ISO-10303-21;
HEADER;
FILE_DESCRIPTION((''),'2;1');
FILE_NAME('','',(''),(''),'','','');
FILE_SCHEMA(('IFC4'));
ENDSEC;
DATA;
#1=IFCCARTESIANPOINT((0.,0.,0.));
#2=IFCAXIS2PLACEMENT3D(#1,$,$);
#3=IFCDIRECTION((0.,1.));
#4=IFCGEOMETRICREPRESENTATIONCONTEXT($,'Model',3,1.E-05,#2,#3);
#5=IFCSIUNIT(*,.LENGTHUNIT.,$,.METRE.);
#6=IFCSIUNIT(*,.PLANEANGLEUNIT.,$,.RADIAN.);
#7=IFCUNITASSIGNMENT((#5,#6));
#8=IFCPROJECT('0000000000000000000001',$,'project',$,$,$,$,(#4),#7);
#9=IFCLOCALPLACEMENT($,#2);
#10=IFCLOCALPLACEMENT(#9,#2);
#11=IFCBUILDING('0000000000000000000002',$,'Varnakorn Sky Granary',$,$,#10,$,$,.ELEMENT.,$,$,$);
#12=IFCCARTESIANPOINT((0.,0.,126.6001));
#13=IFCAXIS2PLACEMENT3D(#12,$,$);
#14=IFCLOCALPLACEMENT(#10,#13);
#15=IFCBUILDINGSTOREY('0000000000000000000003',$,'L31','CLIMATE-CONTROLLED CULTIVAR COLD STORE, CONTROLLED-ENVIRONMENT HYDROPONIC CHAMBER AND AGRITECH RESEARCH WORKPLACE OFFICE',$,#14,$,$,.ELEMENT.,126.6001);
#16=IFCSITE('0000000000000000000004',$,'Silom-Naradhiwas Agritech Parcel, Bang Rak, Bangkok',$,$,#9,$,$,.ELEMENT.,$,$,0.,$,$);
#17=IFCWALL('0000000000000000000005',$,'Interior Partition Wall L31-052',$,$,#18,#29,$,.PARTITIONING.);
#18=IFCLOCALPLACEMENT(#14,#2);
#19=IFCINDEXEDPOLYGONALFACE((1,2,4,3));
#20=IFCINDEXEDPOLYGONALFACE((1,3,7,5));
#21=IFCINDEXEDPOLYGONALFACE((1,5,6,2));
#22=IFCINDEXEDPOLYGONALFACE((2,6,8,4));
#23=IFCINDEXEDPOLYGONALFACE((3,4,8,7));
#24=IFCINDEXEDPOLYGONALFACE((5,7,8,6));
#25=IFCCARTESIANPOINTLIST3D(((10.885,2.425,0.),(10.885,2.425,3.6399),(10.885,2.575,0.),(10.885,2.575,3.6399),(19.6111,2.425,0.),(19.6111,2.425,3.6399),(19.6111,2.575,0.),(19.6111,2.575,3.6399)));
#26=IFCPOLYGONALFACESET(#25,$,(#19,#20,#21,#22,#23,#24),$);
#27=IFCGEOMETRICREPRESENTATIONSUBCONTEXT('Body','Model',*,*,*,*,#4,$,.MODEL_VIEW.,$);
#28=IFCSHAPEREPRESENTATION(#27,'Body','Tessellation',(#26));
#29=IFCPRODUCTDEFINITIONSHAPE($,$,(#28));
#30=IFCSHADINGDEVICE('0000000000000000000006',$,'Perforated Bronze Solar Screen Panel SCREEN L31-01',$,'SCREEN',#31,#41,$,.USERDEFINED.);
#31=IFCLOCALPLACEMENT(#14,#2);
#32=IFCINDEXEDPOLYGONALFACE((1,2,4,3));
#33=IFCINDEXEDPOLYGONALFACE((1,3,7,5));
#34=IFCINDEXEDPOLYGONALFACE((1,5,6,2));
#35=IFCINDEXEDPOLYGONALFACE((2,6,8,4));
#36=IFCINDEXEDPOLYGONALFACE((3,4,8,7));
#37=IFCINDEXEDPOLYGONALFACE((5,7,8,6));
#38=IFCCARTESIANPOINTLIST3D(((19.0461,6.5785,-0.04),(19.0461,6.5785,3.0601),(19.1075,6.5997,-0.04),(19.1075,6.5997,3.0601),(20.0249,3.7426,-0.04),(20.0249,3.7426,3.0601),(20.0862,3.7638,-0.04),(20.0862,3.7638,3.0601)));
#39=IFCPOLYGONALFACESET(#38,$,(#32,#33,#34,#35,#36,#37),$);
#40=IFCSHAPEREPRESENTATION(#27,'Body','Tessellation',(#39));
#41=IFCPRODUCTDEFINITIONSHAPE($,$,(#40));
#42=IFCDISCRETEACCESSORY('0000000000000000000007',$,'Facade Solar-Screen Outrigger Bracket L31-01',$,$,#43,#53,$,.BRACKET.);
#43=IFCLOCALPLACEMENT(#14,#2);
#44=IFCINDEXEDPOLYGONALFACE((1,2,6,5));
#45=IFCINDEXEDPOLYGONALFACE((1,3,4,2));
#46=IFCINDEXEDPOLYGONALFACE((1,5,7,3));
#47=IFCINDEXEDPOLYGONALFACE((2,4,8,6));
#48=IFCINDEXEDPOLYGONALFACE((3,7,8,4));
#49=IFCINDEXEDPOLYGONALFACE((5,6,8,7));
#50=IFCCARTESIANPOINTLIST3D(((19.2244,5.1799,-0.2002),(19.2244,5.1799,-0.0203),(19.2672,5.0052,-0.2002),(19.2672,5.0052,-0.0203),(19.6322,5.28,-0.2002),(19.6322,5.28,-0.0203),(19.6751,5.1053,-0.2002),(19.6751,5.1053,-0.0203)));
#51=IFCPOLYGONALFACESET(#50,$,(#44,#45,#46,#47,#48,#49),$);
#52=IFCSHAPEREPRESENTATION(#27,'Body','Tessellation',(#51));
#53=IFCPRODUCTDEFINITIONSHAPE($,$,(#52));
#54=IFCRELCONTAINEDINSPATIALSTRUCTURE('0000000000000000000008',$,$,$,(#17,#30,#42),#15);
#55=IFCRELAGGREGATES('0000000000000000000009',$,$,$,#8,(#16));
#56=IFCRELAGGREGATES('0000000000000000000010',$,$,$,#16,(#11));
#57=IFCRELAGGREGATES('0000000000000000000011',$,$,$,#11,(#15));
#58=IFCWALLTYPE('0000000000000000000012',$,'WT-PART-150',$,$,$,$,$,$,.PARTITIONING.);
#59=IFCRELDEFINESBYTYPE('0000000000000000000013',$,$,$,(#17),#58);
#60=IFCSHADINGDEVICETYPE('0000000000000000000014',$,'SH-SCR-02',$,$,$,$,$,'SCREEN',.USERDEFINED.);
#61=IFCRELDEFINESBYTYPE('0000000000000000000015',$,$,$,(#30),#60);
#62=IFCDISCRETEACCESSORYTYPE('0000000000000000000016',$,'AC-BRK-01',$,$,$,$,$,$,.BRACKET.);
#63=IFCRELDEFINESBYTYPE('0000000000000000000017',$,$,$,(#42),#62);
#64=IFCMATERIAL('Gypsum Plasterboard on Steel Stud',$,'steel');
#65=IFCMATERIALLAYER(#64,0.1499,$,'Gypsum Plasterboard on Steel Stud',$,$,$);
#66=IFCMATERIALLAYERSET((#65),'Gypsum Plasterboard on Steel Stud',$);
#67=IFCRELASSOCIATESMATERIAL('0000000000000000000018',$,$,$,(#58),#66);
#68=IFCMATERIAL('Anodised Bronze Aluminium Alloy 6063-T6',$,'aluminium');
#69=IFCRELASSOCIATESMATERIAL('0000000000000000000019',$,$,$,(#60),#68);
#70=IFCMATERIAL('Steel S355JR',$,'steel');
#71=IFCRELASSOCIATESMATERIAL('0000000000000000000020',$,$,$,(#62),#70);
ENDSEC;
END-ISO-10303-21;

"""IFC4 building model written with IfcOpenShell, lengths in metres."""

from ifc_helpers import new_model, si_unit, direction, frame, frame_2d, origin, origin_2d, place, context, subcontext, project, spatial, rectangle, extrude, source, transform, mapped, material, layer, layer_set, type_object, type_shapes, element, save


model = new_model("IFC4")

# Units and contexts
model_context = context("Model", 3, precision=1e-05, world=origin(), true_north=direction((0.0, 1.0)))
body_context = subcontext(model_context, "Body", "Model", "MODEL_VIEW")
ifc_project = project(units=[si_unit("LENGTHUNIT", "METRE"), si_unit("PLANEANGLEUNIT", "RADIAN")], contexts=[model_context])

# Site, building, storey
site_placement = place(None, origin())
site = spatial("IfcSite", under=ifc_project, at=site_placement, Name="Silom-Naradhiwas Agritech Parcel, Bang Rak, Bangkok", CompositionType="ELEMENT", RefElevation=0.0)
building_placement = place(site_placement, origin())
building = spatial("IfcBuilding", under=site, at=building_placement, Name="Varnakorn Sky Granary", CompositionType="ELEMENT")
storey_placement = place(building_placement, frame((0.0, 0.0, 126.6001)))
storey = spatial("IfcBuildingStorey", under=building, at=storey_placement, Name="L31", Description="CLIMATE-CONTROLLED CULTIVAR COLD STORE, CONTROLLED-ENVIRONMENT HYDROPONIC CHAMBER AND AGRITECH RESEARCH WORKPLACE OFFICE", CompositionType="ELEMENT", Elevation=126.6001)

# Shared definitions
ifc_material_1 = material(Name="Anodised Bronze Aluminium Alloy 6063-T6", Category="aluminium")

# Shared definitions
ifc_material_2 = material(Name="Gypsum Plasterboard on Steel Stud", Category="steel")
ifc_layer_1 = layer(ifc_material_2, 0.1499, Name="Gypsum Plasterboard on Steel Stud")
ifc_layer_set_1 = layer_set([ifc_layer_1], Name="Gypsum Plasterboard on Steel Stud")
wall_type = type_object("IfcWallType", Name="WT-PART-150", PredefinedType="PARTITIONING", material=ifc_layer_set_1)

# Wall
wall_1_placement = place(storey_placement, frame((10.885, 2.5, 0.0), z_axis=(0.0, 0.0, 1.0), x_axis=(1.0, 0.0, 0.0)))
element("IfcWall", 1, at=wall_1_placement, inside=storey, type_object=wall_type, Name="Interior Partition Wall L31-052", PredefinedType="PARTITIONING", context=body_context, shape_type="SweptSolid", body=[
    extrude(rectangle(XDim=8.7261, YDim=0.1499, at=frame_2d((4.363, 0.0))), origin(), (0.0, 0.0, 1.0), 3.6399),
])

# Shading device
shading_device_type = type_object("IfcShadingDeviceType", Name="SH-SCR-02", ElementType="SCREEN", PredefinedType="USERDEFINED", material=ifc_material_1)
shared_shape_1 = source(origin(), body_context, "Body", "SweptSolid", [
    extrude(rectangle(XDim=3.0, YDim=0.0649, at=origin_2d()), origin(), (0.0, 0.0, 1.0), 3.1001),
])
type_shapes(shading_device_type, [shared_shape_1])
shading_device_placement = place(storey_placement, frame((19.5662, 5.1711, -0.04), z_axis=(0.0, 0.0, 1.0), x_axis=(-0.32626, 0.94528, 0.0)))
element("IfcShadingDevice", 2, at=shading_device_placement, inside=storey, type_object=shading_device_type, Name="Perforated Bronze Solar Screen Panel SCREEN L31-01", ObjectType="SCREEN", PredefinedType="USERDEFINED", context=body_context, shape_type="MappedRepresentation", body=[
    mapped(shared_shape_1, transform((0.0, 0.0, 0.0), x_axis=(1.0, 0.0, 0.0), y_axis=(0.0, 1.0, 0.0), z_axis=(0.0, 0.0, 1.0), scale=1.0)),
])

# Discrete accessory
ifc_material_3 = material(Name="Steel S355JR", Category="steel")
discrete_accessory_type = type_object("IfcDiscreteAccessoryType", Name="AC-BRK-01", PredefinedType="BRACKET", material=ifc_material_3)
shared_shape_2 = source(origin(), body_context, "Body", "SweptSolid", [
    extrude(rectangle(XDim=0.1799, YDim=0.4199, at=origin_2d()), origin(), (0.0, 0.0, 1.0), 0.1799),
])
type_shapes(discrete_accessory_type, [shared_shape_2])
discrete_accessory_placement = place(storey_placement, frame((19.4497, 5.1426, -0.2002), z_axis=(0.0, 0.0, 1.0), x_axis=(-0.238397, 0.971168, 0.0)))
element("IfcDiscreteAccessory", 3, at=discrete_accessory_placement, inside=storey, type_object=discrete_accessory_type, Name="Facade Solar-Screen Outrigger Bracket L31-01", PredefinedType="BRACKET", context=body_context, shape_type="MappedRepresentation", body=[
    mapped(shared_shape_2, transform((0.0, 0.0, 0.0), x_axis=(1.0, 0.0, 0.0), y_axis=(0.0, 1.0, 0.0), z_axis=(0.0, 0.0, 1.0), scale=1.0)),
])

save(model, "model.ifc")
